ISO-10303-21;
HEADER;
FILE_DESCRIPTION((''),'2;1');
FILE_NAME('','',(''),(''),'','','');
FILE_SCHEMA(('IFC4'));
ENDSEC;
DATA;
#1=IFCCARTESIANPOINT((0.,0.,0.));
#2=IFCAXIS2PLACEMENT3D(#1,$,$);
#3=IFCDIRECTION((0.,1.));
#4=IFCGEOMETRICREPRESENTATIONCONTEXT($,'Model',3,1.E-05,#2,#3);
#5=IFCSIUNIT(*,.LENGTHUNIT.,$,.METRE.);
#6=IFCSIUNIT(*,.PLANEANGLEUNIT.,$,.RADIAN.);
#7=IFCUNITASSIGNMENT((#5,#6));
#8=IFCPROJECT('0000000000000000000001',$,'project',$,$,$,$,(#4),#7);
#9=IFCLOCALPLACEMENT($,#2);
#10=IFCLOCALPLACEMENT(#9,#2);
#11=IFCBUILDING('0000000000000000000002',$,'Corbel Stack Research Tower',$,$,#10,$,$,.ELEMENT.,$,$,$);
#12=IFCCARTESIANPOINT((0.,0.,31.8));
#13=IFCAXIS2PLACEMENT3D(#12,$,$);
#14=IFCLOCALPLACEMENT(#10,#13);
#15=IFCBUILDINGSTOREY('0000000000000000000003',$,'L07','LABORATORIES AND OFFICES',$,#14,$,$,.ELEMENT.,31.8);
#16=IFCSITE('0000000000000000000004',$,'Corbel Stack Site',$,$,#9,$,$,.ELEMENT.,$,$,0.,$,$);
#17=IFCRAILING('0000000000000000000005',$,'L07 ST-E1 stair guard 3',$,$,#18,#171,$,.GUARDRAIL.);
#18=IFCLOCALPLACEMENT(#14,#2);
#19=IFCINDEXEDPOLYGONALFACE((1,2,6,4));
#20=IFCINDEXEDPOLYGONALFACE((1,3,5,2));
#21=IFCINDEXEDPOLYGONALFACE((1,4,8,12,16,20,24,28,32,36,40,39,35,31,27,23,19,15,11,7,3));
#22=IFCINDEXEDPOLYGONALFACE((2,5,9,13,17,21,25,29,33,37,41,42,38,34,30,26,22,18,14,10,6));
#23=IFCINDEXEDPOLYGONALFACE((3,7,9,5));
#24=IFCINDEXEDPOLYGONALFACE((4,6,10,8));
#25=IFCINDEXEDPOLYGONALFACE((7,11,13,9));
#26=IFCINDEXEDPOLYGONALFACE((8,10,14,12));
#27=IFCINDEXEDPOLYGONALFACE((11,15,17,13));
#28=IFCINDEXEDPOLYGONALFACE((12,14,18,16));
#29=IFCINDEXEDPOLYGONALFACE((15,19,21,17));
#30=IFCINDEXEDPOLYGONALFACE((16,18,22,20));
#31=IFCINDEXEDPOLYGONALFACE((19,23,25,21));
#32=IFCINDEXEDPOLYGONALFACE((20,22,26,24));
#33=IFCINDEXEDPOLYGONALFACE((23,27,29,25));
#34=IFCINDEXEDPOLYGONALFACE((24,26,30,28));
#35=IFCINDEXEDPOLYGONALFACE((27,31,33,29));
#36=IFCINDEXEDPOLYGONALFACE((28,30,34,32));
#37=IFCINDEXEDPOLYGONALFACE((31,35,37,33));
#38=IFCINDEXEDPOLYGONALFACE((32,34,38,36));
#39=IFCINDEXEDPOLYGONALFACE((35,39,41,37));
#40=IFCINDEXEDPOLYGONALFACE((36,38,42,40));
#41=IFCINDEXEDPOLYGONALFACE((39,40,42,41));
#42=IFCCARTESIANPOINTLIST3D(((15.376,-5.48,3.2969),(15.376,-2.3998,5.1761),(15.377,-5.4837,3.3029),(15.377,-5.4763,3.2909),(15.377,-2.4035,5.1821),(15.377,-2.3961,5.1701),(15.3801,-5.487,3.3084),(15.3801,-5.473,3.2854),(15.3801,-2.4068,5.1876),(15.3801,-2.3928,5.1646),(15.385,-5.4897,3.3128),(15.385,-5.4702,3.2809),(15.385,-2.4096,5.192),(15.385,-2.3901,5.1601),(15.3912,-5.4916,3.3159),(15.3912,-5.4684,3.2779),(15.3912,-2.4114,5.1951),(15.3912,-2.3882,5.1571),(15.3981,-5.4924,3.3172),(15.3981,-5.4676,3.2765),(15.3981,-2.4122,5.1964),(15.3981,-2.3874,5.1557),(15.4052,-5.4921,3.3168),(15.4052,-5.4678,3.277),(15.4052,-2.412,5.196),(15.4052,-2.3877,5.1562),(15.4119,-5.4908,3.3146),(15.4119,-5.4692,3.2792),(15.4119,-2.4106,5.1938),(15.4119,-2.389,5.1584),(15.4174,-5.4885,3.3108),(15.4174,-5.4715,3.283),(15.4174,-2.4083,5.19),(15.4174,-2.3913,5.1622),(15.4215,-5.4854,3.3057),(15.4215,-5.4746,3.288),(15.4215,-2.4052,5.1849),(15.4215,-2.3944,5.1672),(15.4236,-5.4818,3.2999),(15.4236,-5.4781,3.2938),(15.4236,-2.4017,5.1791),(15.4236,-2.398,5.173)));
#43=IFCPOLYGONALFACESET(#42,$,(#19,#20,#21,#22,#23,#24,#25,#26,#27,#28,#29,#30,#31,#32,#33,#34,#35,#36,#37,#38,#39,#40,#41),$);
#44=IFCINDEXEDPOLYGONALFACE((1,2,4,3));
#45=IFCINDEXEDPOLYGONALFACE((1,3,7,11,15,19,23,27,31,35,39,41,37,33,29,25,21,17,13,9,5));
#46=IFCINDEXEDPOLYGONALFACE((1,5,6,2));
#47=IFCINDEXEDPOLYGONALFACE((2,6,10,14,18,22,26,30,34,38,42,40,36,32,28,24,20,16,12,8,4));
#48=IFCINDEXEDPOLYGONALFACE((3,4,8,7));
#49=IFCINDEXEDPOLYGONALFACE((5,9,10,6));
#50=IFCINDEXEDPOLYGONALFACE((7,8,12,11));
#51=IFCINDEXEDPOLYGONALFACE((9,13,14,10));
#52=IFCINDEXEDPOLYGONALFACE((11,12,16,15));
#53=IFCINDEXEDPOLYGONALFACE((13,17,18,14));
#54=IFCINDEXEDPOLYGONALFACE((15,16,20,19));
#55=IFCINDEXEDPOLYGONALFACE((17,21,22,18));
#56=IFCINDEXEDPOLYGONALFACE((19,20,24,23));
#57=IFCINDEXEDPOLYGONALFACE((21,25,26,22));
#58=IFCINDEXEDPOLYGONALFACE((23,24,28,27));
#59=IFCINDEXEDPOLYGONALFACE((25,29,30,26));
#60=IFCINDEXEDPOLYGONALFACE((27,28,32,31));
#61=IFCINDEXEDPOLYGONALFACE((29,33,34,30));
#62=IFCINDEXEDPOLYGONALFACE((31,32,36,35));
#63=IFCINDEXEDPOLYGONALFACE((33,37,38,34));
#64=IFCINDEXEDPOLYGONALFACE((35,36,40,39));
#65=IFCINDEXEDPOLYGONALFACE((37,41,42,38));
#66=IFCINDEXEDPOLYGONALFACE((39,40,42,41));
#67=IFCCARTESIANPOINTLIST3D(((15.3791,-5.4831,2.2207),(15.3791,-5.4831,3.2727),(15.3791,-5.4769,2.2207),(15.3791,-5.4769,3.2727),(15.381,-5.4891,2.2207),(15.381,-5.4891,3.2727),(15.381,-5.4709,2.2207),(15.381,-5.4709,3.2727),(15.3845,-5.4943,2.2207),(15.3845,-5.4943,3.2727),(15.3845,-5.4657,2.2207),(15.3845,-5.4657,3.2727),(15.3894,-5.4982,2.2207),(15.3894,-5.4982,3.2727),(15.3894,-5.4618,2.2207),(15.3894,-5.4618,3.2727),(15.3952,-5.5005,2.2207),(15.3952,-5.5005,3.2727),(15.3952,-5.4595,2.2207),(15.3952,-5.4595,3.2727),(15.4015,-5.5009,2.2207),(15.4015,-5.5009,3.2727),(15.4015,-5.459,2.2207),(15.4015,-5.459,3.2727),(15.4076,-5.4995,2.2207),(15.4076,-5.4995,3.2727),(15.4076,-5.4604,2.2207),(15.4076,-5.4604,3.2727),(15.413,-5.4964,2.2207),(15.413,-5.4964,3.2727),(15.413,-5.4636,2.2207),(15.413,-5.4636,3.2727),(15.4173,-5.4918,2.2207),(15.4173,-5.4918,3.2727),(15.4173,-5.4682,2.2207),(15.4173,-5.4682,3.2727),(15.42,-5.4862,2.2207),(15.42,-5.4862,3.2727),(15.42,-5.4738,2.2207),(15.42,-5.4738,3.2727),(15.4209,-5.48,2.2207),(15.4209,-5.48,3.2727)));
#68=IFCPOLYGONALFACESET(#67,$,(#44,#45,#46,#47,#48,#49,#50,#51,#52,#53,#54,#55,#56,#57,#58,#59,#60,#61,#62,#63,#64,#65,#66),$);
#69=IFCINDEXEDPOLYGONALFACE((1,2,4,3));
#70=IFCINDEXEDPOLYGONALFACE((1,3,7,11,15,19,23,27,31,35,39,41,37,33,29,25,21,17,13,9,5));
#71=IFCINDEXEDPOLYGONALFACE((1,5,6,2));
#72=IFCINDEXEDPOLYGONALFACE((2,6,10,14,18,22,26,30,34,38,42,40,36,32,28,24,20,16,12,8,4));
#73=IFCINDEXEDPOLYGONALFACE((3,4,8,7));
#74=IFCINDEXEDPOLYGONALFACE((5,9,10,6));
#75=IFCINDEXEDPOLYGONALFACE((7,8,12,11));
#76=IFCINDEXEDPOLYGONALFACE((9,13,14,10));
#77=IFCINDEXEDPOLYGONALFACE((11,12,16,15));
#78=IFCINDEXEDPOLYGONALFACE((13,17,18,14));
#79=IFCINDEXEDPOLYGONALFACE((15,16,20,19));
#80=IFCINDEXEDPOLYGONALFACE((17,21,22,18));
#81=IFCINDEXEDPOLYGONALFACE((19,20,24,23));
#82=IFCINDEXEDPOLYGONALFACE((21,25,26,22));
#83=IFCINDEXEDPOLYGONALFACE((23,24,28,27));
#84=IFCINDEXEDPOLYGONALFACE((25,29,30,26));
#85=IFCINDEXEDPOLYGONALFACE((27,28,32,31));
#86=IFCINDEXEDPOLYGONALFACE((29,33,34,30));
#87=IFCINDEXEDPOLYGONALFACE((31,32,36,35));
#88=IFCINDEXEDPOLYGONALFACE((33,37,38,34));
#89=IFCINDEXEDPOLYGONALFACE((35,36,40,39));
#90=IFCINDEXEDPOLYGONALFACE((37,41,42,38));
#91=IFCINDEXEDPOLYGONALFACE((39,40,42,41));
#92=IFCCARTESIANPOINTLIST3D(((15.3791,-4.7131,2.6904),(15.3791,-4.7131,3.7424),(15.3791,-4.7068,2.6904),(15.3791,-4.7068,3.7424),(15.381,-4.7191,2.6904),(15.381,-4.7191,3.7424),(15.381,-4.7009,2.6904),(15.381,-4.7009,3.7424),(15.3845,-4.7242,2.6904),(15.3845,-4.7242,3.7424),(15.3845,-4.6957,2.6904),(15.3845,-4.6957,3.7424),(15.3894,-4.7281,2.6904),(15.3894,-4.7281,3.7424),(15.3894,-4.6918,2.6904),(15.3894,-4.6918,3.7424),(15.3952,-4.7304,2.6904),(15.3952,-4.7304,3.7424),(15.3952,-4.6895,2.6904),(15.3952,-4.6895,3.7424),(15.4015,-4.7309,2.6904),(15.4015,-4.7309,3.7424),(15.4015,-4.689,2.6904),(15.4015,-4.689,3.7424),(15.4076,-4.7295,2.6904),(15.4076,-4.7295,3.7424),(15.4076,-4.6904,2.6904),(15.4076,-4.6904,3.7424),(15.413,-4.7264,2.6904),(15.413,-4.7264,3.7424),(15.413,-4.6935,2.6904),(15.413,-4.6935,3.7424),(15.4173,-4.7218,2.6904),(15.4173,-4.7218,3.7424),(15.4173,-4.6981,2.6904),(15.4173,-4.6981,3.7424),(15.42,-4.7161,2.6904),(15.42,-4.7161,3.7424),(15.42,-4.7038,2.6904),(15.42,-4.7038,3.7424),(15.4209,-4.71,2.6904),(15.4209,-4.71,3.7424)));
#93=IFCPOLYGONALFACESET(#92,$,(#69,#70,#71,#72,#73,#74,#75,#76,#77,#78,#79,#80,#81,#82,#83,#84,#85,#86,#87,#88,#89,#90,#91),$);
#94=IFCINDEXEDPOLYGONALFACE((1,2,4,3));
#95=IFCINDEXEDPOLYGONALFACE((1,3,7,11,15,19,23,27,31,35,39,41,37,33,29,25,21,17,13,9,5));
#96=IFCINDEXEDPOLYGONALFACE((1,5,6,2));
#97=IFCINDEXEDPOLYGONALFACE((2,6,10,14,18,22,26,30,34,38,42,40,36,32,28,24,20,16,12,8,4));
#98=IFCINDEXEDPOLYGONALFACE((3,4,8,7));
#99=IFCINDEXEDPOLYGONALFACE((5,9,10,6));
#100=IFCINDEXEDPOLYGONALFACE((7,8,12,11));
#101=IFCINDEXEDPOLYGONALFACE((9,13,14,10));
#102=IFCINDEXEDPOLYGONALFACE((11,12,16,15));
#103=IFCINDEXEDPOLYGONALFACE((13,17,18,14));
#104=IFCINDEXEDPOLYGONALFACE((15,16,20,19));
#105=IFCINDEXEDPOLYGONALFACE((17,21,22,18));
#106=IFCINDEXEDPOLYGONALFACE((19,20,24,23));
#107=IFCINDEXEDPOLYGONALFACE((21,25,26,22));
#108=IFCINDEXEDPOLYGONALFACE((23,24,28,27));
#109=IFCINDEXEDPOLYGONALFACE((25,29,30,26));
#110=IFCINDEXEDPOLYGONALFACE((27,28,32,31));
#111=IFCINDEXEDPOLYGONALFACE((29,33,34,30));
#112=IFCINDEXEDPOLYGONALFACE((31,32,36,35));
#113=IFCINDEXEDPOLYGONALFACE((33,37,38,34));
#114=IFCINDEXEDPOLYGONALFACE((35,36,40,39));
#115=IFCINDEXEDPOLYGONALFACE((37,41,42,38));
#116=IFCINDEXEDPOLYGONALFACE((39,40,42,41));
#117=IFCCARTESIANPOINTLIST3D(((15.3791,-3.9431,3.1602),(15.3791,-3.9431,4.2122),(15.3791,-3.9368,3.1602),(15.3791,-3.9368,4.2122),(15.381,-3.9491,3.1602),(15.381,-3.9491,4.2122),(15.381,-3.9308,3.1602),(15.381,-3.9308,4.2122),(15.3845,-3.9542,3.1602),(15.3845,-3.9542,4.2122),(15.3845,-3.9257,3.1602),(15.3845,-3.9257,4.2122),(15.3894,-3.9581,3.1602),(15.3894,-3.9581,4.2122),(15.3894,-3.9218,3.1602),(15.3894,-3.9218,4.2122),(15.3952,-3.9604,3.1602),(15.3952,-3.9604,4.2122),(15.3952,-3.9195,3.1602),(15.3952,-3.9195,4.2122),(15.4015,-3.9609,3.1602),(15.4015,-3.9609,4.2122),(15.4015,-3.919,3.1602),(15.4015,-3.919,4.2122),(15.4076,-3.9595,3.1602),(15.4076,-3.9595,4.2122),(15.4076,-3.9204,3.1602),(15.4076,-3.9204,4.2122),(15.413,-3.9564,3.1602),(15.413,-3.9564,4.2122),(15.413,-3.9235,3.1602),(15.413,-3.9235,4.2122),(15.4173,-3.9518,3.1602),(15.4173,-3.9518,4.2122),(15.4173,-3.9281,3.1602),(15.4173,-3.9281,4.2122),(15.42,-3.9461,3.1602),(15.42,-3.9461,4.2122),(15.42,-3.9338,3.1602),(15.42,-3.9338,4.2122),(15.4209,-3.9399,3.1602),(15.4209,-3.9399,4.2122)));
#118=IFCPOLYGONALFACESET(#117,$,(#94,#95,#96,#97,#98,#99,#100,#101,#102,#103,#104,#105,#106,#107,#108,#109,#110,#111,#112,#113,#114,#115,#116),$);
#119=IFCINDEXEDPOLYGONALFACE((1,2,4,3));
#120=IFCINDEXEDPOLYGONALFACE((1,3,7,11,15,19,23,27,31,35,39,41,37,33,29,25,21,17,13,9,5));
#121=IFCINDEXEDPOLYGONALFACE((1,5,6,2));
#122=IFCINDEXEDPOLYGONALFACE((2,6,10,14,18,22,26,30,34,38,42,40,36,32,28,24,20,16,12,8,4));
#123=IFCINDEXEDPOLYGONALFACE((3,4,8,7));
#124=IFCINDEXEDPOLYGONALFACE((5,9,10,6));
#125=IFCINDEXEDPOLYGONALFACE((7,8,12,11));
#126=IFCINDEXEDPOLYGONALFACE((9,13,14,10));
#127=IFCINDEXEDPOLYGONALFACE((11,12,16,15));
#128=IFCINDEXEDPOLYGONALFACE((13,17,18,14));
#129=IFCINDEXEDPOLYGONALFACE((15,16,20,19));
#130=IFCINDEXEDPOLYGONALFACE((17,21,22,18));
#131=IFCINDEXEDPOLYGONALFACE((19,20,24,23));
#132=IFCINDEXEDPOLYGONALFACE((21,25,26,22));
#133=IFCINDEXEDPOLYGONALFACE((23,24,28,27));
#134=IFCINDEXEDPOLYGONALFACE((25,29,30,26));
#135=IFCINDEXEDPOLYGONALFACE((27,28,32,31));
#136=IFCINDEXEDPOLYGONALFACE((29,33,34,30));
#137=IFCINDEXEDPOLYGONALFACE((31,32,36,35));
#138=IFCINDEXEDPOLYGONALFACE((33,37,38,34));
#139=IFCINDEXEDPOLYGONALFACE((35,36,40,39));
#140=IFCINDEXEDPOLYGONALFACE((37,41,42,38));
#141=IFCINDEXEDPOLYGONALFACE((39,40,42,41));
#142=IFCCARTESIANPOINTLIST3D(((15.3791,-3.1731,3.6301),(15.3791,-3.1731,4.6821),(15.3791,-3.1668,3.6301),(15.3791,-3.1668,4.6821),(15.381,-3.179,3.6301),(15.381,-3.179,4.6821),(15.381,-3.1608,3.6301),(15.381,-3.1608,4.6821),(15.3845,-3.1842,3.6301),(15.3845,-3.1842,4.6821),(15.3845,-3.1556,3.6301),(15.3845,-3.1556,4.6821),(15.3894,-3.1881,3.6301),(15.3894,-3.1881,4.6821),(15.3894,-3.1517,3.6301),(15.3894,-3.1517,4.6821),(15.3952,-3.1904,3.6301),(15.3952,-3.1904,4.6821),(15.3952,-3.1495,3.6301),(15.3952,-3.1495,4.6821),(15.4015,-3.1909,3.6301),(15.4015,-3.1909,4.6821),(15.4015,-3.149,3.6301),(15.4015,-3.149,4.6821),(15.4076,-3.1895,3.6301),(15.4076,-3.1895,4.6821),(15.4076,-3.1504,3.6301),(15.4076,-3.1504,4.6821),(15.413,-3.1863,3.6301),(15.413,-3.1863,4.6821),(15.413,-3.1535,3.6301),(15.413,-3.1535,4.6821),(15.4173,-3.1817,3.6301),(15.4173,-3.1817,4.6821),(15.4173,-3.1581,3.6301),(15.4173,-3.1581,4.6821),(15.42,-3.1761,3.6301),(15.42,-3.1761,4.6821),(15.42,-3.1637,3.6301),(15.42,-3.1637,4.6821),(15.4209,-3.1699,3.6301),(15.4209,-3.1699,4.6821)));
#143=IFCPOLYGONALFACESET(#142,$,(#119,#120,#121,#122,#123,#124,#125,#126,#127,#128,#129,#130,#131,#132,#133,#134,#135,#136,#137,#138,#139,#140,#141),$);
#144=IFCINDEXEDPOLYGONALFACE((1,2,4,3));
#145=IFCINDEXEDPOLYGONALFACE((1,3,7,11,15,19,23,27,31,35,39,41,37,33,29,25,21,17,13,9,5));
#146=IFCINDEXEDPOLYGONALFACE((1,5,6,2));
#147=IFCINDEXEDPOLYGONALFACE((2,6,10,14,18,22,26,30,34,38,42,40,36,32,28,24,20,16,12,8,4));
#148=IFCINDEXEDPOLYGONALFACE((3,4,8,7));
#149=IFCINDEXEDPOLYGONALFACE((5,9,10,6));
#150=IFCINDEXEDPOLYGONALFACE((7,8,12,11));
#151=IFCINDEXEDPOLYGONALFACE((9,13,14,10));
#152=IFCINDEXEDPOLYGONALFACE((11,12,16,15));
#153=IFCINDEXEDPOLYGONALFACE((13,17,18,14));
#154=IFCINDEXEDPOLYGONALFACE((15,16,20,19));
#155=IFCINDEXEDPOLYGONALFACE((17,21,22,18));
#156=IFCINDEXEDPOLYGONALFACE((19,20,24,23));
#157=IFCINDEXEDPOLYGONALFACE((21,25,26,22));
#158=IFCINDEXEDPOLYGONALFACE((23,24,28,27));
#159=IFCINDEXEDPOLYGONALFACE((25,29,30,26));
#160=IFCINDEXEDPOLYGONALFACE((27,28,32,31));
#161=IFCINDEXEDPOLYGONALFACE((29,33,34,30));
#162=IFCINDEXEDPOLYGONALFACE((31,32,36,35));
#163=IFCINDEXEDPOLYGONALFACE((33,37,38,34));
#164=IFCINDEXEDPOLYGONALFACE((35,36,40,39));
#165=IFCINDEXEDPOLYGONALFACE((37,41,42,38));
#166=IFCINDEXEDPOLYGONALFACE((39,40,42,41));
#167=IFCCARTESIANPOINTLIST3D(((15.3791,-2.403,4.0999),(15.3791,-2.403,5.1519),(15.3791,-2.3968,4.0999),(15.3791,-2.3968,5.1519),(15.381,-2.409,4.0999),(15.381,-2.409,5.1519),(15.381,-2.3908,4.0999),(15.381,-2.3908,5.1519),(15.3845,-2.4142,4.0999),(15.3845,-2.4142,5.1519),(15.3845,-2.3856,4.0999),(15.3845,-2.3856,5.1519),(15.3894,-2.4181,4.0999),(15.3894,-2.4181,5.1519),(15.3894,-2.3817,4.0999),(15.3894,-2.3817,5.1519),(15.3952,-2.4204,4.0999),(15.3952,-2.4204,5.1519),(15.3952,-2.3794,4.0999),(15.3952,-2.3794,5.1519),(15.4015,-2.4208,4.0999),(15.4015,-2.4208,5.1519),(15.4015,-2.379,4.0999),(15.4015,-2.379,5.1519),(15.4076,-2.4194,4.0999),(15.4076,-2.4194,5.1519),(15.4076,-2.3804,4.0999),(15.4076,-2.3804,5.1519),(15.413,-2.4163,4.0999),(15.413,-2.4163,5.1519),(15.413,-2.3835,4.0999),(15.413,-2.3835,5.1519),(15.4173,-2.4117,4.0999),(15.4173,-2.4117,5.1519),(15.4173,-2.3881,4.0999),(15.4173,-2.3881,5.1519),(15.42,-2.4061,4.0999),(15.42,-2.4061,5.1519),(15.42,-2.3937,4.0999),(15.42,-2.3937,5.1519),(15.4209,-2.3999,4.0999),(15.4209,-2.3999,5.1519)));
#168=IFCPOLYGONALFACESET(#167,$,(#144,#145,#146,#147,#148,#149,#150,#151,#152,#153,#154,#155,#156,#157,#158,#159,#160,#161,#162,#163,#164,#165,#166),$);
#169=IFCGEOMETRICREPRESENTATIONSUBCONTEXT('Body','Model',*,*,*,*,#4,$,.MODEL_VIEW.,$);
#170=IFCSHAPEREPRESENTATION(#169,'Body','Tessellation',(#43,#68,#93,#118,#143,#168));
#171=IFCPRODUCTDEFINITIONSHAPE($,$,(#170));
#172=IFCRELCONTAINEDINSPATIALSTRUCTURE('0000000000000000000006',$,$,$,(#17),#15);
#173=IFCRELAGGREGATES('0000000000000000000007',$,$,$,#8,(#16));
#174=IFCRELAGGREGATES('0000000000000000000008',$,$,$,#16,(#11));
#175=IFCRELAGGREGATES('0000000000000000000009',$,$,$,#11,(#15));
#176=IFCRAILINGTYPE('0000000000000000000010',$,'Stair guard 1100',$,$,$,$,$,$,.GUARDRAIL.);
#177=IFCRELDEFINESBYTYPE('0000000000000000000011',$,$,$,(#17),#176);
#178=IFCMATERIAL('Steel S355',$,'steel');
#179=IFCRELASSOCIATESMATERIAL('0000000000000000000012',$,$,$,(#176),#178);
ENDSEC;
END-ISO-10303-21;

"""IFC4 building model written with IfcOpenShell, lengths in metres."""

from ifc_helpers import new_model, si_unit, direction, frame, origin, origin_2d, place, context, subcontext, project, spatial, circle, extrude, material, type_object, element, save


model = new_model("IFC4")

# Units and contexts
model_context = context("Model", 3, precision=1e-05, world=origin(), true_north=direction((0.0, 1.0)))
body_context = subcontext(model_context, "Body", "Model", "MODEL_VIEW")
ifc_project = project(units=[si_unit("LENGTHUNIT", "METRE"), si_unit("PLANEANGLEUNIT", "RADIAN")], contexts=[model_context])

# Site, building, storey
site_placement = place(None, origin())
site = spatial("IfcSite", under=ifc_project, at=site_placement, Name="Corbel Stack Site", CompositionType="ELEMENT", RefElevation=0.0)
building_placement = place(site_placement, origin())
building = spatial("IfcBuilding", under=site, at=building_placement, Name="Corbel Stack Research Tower", CompositionType="ELEMENT")
storey_placement = place(building_placement, frame((0.0, 0.0, 31.8)))
storey = spatial("IfcBuildingStorey", under=building, at=storey_placement, Name="L07", Description="LABORATORIES AND OFFICES", CompositionType="ELEMENT", Elevation=31.8)

# Railing
ifc_material_1 = material(Name="Steel S355", Category="steel")
railing_type_1 = type_object("IfcRailingType", Name="Stair guard 1100", PredefinedType="GUARDRAIL", material=ifc_material_1)
railing_1_placement = place(storey_placement, frame((15.3999, -5.48, 2.2207)))
element("IfcRailing", 1, at=railing_1_placement, inside=storey, type_object=railing_type_1, Name="L07 ST-E1 stair guard 3", PredefinedType="GUARDRAIL", context=body_context, shape_type="SweptSolid", body=[
    extrude(circle(Radius=0.0239, at=origin_2d()), frame((0.0, 0.0, 1.0762), z_axis=(0.0, 0.853666, 0.52082), x_axis=(-1.0, 0.0, 0.0)), (0.0, 0.0, 1.0), 3.6082),
    extrude(circle(Radius=0.021, at=origin_2d()), origin(), (0.0, 0.0, 1.0), 1.052),
    extrude(circle(Radius=0.021, at=origin_2d()), frame((0.0, 0.77, 0.4697)), (0.0, 0.0, 1.0), 1.052),
    extrude(circle(Radius=0.021, at=origin_2d()), frame((0.0, 1.54, 0.9395)), (0.0, 0.0, 1.0), 1.052),
    extrude(circle(Radius=0.021, at=origin_2d()), frame((0.0, 2.3101, 1.4094)), (0.0, 0.0, 1.0), 1.052),
    extrude(circle(Radius=0.021, at=origin_2d()), frame((0.0, 3.0801, 1.8792)), (0.0, 0.0, 1.0), 1.052),
])

save(model, "model.ifc")
